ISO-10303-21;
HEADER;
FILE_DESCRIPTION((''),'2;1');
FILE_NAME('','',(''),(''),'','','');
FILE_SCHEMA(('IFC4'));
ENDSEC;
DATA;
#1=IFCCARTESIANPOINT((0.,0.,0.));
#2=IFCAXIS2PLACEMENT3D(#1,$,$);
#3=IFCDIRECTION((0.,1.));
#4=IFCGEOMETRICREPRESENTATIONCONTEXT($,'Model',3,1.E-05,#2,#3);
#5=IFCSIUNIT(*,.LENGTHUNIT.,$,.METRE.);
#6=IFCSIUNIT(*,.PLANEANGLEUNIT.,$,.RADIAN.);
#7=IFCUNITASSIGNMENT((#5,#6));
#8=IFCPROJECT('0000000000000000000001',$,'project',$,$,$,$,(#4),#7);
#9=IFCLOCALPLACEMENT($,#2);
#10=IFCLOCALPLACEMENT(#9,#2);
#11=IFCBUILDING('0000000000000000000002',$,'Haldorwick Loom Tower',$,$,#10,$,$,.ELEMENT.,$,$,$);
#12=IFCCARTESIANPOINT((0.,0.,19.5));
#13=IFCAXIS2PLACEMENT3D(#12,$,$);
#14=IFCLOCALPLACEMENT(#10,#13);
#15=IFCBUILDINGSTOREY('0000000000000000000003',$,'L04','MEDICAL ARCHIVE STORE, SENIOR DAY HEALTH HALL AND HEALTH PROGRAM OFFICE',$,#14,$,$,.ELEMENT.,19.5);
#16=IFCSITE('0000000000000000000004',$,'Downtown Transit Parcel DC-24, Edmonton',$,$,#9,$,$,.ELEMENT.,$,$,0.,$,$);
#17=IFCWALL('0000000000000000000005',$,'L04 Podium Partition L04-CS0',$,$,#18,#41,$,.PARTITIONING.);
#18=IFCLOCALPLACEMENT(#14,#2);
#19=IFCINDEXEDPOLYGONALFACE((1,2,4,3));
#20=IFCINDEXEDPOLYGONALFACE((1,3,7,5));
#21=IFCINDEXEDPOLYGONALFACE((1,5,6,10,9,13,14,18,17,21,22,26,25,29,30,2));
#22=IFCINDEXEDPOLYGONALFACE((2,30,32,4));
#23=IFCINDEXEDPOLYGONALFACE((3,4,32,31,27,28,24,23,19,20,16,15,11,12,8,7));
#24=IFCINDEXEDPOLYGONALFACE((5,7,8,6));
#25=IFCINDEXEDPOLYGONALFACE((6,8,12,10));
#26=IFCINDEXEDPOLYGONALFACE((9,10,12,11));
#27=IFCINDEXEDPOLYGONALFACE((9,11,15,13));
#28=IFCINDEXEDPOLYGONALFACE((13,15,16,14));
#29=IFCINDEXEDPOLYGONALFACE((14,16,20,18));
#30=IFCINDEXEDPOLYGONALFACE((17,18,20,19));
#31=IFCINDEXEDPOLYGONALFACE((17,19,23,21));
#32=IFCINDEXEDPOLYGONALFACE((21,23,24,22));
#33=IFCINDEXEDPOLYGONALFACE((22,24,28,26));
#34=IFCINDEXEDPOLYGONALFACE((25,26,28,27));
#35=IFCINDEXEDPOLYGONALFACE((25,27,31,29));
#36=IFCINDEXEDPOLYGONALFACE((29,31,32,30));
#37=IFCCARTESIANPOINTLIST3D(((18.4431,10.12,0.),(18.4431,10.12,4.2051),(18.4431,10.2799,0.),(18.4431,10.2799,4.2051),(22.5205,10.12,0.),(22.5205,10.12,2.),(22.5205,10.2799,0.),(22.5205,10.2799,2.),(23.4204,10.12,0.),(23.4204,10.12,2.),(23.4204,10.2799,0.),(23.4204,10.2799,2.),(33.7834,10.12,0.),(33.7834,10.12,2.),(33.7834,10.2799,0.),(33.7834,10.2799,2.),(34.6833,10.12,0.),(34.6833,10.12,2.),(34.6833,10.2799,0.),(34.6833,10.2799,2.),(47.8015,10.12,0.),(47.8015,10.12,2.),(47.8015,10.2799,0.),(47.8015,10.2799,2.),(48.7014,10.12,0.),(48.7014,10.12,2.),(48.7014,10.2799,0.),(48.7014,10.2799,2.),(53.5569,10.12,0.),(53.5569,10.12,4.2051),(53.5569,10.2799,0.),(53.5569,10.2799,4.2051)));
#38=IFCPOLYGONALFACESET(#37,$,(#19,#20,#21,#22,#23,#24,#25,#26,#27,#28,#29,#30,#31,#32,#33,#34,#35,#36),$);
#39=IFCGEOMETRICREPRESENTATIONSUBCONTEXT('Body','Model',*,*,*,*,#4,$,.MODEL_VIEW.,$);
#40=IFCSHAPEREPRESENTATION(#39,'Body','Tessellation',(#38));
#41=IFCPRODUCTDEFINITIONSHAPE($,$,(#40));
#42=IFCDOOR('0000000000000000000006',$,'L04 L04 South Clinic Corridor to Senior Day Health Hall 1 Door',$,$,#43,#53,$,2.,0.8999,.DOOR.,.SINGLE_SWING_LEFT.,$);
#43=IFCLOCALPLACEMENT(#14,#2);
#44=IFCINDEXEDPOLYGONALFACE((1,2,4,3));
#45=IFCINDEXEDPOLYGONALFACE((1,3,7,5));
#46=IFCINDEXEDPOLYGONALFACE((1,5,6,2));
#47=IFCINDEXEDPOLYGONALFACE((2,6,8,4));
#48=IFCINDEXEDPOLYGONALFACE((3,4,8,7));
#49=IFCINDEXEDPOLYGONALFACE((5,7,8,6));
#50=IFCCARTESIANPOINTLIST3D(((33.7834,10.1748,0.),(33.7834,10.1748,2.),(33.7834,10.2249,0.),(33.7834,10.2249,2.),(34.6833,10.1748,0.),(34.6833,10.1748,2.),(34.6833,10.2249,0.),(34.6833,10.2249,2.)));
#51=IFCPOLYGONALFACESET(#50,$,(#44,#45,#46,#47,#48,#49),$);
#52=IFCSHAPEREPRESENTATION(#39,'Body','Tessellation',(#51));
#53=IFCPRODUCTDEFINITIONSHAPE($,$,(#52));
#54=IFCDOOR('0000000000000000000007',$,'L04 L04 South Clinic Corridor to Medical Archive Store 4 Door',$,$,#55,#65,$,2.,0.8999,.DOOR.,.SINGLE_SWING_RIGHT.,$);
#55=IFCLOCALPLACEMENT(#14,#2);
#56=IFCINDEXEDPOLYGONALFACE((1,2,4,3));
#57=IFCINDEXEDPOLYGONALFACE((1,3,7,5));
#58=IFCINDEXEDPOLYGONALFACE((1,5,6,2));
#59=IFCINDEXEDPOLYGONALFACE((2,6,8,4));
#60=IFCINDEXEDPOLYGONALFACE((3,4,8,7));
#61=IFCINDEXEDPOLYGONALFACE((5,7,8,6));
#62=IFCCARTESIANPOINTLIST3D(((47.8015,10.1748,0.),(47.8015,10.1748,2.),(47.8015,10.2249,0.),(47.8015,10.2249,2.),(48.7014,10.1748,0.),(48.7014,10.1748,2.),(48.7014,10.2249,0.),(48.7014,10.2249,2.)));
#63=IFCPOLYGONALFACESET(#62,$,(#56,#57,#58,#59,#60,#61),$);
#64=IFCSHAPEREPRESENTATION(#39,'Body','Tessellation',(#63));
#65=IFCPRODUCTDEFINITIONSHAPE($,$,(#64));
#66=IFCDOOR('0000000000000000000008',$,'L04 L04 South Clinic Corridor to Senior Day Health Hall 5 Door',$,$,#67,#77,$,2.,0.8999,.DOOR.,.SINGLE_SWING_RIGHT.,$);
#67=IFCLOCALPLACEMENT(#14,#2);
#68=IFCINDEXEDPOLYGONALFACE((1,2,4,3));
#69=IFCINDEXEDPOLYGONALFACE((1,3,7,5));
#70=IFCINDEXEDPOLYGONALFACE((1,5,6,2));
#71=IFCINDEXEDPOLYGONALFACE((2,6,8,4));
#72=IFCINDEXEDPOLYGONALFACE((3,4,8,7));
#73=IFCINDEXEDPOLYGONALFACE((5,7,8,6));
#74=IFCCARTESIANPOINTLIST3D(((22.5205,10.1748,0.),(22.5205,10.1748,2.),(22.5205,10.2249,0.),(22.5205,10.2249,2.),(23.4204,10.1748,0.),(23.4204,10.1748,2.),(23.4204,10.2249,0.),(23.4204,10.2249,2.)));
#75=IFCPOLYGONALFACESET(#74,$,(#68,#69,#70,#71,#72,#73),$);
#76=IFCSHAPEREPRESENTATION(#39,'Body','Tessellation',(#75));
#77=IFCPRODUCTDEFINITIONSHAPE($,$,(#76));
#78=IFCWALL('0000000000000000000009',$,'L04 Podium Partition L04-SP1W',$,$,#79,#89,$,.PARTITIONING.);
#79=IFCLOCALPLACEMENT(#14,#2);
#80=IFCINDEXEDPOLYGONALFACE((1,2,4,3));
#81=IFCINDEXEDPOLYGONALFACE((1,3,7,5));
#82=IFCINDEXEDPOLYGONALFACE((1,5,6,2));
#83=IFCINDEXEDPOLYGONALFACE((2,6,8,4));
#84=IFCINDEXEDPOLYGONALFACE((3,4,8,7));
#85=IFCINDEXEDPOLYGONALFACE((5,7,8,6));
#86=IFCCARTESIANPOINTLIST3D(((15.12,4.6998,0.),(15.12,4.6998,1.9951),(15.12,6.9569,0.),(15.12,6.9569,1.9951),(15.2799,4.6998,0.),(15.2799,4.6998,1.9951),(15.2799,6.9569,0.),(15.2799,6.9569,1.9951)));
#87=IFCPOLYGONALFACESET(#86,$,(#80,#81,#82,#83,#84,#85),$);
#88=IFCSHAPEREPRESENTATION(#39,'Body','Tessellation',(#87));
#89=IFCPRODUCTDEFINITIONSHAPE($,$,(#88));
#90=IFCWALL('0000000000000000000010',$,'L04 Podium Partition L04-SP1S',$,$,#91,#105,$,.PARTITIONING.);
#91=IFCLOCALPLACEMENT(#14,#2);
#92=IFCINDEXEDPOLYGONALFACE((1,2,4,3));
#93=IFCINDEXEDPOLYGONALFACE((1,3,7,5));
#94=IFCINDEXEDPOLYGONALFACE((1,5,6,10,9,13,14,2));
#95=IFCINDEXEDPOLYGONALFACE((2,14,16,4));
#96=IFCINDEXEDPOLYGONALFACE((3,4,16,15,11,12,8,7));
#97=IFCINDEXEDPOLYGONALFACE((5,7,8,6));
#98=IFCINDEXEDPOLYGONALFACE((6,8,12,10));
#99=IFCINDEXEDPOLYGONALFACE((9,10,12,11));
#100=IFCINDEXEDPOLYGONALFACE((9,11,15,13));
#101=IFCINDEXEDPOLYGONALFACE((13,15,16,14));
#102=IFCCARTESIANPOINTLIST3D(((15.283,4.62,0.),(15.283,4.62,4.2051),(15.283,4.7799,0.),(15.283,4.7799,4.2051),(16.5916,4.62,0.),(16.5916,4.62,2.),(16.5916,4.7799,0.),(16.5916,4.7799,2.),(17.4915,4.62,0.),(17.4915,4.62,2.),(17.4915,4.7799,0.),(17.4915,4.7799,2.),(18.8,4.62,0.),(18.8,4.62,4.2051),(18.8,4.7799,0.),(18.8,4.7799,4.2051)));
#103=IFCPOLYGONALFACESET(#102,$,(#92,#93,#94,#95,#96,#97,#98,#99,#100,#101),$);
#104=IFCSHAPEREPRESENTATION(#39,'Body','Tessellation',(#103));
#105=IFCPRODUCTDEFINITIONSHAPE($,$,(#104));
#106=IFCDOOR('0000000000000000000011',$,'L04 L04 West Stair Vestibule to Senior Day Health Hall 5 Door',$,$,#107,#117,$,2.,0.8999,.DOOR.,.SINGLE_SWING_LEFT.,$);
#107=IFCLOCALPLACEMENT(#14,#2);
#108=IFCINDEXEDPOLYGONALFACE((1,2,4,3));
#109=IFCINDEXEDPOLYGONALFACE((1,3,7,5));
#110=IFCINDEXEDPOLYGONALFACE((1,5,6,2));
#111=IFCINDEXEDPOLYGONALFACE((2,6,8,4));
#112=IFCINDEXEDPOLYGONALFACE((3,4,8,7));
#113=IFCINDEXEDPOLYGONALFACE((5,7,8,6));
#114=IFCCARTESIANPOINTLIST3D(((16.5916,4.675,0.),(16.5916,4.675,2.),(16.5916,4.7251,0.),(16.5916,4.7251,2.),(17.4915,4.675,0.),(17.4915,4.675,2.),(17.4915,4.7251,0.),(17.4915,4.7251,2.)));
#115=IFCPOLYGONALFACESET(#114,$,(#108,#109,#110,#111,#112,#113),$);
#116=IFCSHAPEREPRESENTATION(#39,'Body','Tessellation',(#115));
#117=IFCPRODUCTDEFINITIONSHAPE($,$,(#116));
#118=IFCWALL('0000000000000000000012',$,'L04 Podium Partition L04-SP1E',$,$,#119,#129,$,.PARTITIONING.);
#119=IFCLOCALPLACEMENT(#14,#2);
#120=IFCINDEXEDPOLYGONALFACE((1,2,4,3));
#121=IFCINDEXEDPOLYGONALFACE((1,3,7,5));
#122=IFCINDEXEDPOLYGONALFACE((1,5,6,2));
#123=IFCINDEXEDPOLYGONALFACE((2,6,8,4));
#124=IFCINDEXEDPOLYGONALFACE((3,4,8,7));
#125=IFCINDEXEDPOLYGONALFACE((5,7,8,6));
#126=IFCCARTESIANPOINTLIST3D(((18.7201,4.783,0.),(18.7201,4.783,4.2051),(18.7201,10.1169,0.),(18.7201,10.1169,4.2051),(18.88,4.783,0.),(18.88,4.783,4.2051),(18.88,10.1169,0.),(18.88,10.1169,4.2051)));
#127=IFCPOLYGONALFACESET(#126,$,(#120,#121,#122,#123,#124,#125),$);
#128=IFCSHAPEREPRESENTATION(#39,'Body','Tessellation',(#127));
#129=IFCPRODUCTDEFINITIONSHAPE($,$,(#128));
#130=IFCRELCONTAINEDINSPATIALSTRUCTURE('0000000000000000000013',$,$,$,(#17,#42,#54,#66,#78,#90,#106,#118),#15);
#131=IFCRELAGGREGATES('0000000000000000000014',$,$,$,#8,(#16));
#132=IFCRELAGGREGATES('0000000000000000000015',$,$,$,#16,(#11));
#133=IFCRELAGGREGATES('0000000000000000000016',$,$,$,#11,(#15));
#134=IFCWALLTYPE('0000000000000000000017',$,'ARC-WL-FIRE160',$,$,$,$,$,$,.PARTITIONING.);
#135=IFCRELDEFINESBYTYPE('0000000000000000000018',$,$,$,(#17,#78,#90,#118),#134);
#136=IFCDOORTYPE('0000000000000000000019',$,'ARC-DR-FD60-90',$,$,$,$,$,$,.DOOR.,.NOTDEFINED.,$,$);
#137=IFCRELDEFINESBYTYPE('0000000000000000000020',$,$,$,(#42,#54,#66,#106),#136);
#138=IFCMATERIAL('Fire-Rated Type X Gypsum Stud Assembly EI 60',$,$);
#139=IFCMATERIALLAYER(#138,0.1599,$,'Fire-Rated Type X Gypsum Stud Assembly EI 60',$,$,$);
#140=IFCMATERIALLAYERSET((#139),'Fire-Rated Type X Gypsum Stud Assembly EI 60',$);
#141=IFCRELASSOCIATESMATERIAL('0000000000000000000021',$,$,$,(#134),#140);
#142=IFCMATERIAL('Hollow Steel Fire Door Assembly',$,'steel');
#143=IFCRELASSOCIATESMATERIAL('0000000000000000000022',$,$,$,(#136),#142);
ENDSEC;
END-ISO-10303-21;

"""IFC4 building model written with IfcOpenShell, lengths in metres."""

from ifc_helpers import new_model, si_unit, direction, frame, frame_2d, origin, place, context, subcontext, project, spatial, rectangle, extrude, material, layer, layer_set, type_object, element, fill, save


model = new_model("IFC4")

# Units and contexts
model_context = context("Model", 3, precision=1e-05, world=origin(), true_north=direction((0.0, 1.0)))
body_context = subcontext(model_context, "Body", "Model", "MODEL_VIEW")
ifc_project = project(units=[si_unit("LENGTHUNIT", "METRE"), si_unit("PLANEANGLEUNIT", "RADIAN")], contexts=[model_context])

# Site, building, storey
site_placement = place(None, origin())
site = spatial("IfcSite", under=ifc_project, at=site_placement, Name="Downtown Transit Parcel DC-24, Edmonton", CompositionType="ELEMENT", RefElevation=0.0)
building_placement = place(site_placement, origin())
building = spatial("IfcBuilding", under=site, at=building_placement, Name="Haldorwick Loom Tower", CompositionType="ELEMENT")
storey_placement = place(building_placement, frame((0.0, 0.0, 19.5)))
storey = spatial("IfcBuildingStorey", under=building, at=storey_placement, Name="L04", Description="MEDICAL ARCHIVE STORE, SENIOR DAY HEALTH HALL AND HEALTH PROGRAM OFFICE", CompositionType="ELEMENT", Elevation=19.5)

# Wall, openings, doors
ifc_material_1 = material(Name="Fire-Rated Type X Gypsum Stud Assembly EI 60")
ifc_layer_1 = layer(ifc_material_1, 0.1599, Name="Fire-Rated Type X Gypsum Stud Assembly EI 60")
ifc_layer_set_1 = layer_set([ifc_layer_1], Name="Fire-Rated Type X Gypsum Stud Assembly EI 60")
wall_type_1 = type_object("IfcWallType", Name="ARC-WL-FIRE160", PredefinedType="PARTITIONING", material=ifc_layer_set_1)
wall_1_placement = place(storey_placement, frame((18.4431, 10.2, 0.0), z_axis=(0.0, 0.0, 1.0), x_axis=(1.0, 0.0, 0.0)))
wall_1 = element("IfcWall", 1, at=wall_1_placement, inside=storey, type_object=wall_type_1, Name="L04 Podium Partition L04-CS0", PredefinedType="PARTITIONING", context=body_context, shape_type="SweptSolid", body=[
    extrude(rectangle(XDim=35.1138, YDim=0.1599, at=frame_2d((17.5569, 0.0))), origin(), (0.0, 0.0, 1.0), 4.2051),
])
opening_1_placement = place(wall_1_placement, frame((15.3403, 0.0, 0.0)))
opening_1 = element("IfcOpeningElement", 2, at=opening_1_placement, cuts=wall_1, PredefinedType="OPENING", context=body_context, shape_type="SweptSolid", body=[
    extrude(rectangle(XDim=0.8999, YDim=2.0, at=frame_2d((0.45, 1.0))), frame((0.0, 0.0898, 0.0), z_axis=(0.0, -1.0, 0.0), x_axis=(1.0, 0.0, 0.0)), (0.0, 0.0, 1.0), 0.1799),
])
opening_2_placement = place(wall_1_placement, frame((29.3584, 0.0, 0.0)))
opening_2 = element("IfcOpeningElement", 3, at=opening_2_placement, cuts=wall_1, PredefinedType="OPENING", context=body_context, shape_type="SweptSolid", body=[
    extrude(rectangle(XDim=0.8999, YDim=2.0, at=frame_2d((0.45, 1.0))), frame((0.0, 0.0898, 0.0), z_axis=(0.0, -1.0, 0.0), x_axis=(1.0, 0.0, 0.0)), (0.0, 0.0, 1.0), 0.1799),
])
opening_3_placement = place(wall_1_placement, frame((4.0774, 0.0, 0.0)))
opening_3 = element("IfcOpeningElement", 4, at=opening_3_placement, cuts=wall_1, PredefinedType="OPENING", context=body_context, shape_type="SweptSolid", body=[
    extrude(rectangle(XDim=0.8999, YDim=2.0, at=frame_2d((0.45, 1.0))), frame((0.0, 0.0898, 0.0), z_axis=(0.0, -1.0, 0.0), x_axis=(1.0, 0.0, 0.0)), (0.0, 0.0, 1.0), 0.1799),
])
ifc_material_2 = material(Name="Hollow Steel Fire Door Assembly", Category="steel")
door_type_1 = type_object("IfcDoorType", Name="ARC-DR-FD60-90", OperationType="NOTDEFINED", PredefinedType="DOOR", material=ifc_material_2)
door_1_placement = place(opening_1_placement, origin())
door_1 = element("IfcDoor", 5, at=door_1_placement, inside=storey, type_object=door_type_1, Name="L04 L04 South Clinic Corridor to Senior Day Health Hall 1 Door", OperationType="SINGLE_SWING_LEFT", OverallHeight=2.0, OverallWidth=0.8999, PredefinedType="DOOR", context=body_context, shape_type="SweptSolid", body=[
    extrude(rectangle(XDim=0.8999, YDim=2.0, at=frame_2d((0.45, 1.0))), frame((0.0, 0.0249, 0.0), z_axis=(0.0, -1.0, 0.0), x_axis=(1.0, 0.0, 0.0)), (0.0, 0.0, 1.0), 0.05),
])
fill(opening_1, door_1)
door_2_placement = place(opening_2_placement, origin())
door_2 = element("IfcDoor", 6, at=door_2_placement, inside=storey, type_object=door_type_1, Name="L04 L04 South Clinic Corridor to Medical Archive Store 4 Door", OperationType="SINGLE_SWING_RIGHT", OverallHeight=2.0, OverallWidth=0.8999, PredefinedType="DOOR", context=body_context, shape_type="SweptSolid", body=[
    extrude(rectangle(XDim=0.8999, YDim=2.0, at=frame_2d((0.45, 1.0))), frame((0.0, 0.0249, 0.0), z_axis=(0.0, -1.0, 0.0), x_axis=(1.0, 0.0, 0.0)), (0.0, 0.0, 1.0), 0.05),
])
fill(opening_2, door_2)
door_3_placement = place(opening_3_placement, origin())
door_3 = element("IfcDoor", 7, at=door_3_placement, inside=storey, type_object=door_type_1, Name="L04 L04 South Clinic Corridor to Senior Day Health Hall 5 Door", OperationType="SINGLE_SWING_RIGHT", OverallHeight=2.0, OverallWidth=0.8999, PredefinedType="DOOR", context=body_context, shape_type="SweptSolid", body=[
    extrude(rectangle(XDim=0.8999, YDim=2.0, at=frame_2d((0.45, 1.0))), frame((0.0, 0.0249, 0.0), z_axis=(0.0, -1.0, 0.0), x_axis=(1.0, 0.0, 0.0)), (0.0, 0.0, 1.0), 0.05),
])
fill(opening_3, door_3)

# Wall
wall_2_placement = place(storey_placement, frame((15.2, 4.7, 0.0), z_axis=(0.0, 0.0, 1.0), x_axis=(0.0, 1.0, 0.0)))
element("IfcWall", 8, at=wall_2_placement, inside=storey, type_object=wall_type_1, Name="L04 Podium Partition L04-SP1W", PredefinedType="PARTITIONING", context=body_context, shape_type="SweptSolid", body=[
    extrude(rectangle(XDim=2.2571, YDim=0.1599, at=frame_2d((1.1284, 0.0))), origin(), (0.0, 0.0, 1.0), 1.9951),
])

# Wall, opening, door
wall_3_placement = place(storey_placement, frame((15.283, 4.7, 0.0), z_axis=(0.0, 0.0, 1.0), x_axis=(1.0, 0.0, 0.0)))
wall_3 = element("IfcWall", 9, at=wall_3_placement, inside=storey, type_object=wall_type_1, Name="L04 Podium Partition L04-SP1S", PredefinedType="PARTITIONING", context=body_context, shape_type="SweptSolid", body=[
    extrude(rectangle(XDim=3.5171, YDim=0.1599, at=frame_2d((1.7585, 0.0))), origin(), (0.0, 0.0, 1.0), 4.2051),
])
opening_4_placement = place(wall_3_placement, frame((1.3086, 0.0, 0.0)))
opening_4 = element("IfcOpeningElement", 10, at=opening_4_placement, cuts=wall_3, PredefinedType="OPENING", context=body_context, shape_type="SweptSolid", body=[
    extrude(rectangle(XDim=0.8999, YDim=2.0, at=frame_2d((0.45, 1.0))), frame((0.0, 0.0898, 0.0), z_axis=(0.0, -1.0, 0.0), x_axis=(1.0, 0.0, 0.0)), (0.0, 0.0, 1.0), 0.1799),
])
door_4_placement = place(opening_4_placement, frame((0.8999, 0.0, 0.0), z_axis=(0.0, 0.0, 1.0), x_axis=(-1.0, 0.0, 0.0)))
door_4 = element("IfcDoor", 11, at=door_4_placement, inside=storey, type_object=door_type_1, Name="L04 L04 West Stair Vestibule to Senior Day Health Hall 5 Door", OperationType="SINGLE_SWING_LEFT", OverallHeight=2.0, OverallWidth=0.8999, PredefinedType="DOOR", context=body_context, shape_type="SweptSolid", body=[
    extrude(rectangle(XDim=0.8999, YDim=2.0, at=frame_2d((0.45, 1.0))), frame((0.0, 0.0249, 0.0), z_axis=(0.0, -1.0, 0.0), x_axis=(1.0, 0.0, 0.0)), (0.0, 0.0, 1.0), 0.05),
])
fill(opening_4, door_4)

# Wall
wall_4_placement = place(storey_placement, frame((18.8, 4.783, 0.0), z_axis=(0.0, 0.0, 1.0), x_axis=(0.0, 1.0, 0.0)))
element("IfcWall", 12, at=wall_4_placement, inside=storey, type_object=wall_type_1, Name="L04 Podium Partition L04-SP1E", PredefinedType="PARTITIONING", context=body_context, shape_type="SweptSolid", body=[
    extrude(rectangle(XDim=5.334, YDim=0.1599, at=frame_2d((2.667, 0.0))), origin(), (0.0, 0.0, 1.0), 4.2051),
])

save(model, "model.ifc")
